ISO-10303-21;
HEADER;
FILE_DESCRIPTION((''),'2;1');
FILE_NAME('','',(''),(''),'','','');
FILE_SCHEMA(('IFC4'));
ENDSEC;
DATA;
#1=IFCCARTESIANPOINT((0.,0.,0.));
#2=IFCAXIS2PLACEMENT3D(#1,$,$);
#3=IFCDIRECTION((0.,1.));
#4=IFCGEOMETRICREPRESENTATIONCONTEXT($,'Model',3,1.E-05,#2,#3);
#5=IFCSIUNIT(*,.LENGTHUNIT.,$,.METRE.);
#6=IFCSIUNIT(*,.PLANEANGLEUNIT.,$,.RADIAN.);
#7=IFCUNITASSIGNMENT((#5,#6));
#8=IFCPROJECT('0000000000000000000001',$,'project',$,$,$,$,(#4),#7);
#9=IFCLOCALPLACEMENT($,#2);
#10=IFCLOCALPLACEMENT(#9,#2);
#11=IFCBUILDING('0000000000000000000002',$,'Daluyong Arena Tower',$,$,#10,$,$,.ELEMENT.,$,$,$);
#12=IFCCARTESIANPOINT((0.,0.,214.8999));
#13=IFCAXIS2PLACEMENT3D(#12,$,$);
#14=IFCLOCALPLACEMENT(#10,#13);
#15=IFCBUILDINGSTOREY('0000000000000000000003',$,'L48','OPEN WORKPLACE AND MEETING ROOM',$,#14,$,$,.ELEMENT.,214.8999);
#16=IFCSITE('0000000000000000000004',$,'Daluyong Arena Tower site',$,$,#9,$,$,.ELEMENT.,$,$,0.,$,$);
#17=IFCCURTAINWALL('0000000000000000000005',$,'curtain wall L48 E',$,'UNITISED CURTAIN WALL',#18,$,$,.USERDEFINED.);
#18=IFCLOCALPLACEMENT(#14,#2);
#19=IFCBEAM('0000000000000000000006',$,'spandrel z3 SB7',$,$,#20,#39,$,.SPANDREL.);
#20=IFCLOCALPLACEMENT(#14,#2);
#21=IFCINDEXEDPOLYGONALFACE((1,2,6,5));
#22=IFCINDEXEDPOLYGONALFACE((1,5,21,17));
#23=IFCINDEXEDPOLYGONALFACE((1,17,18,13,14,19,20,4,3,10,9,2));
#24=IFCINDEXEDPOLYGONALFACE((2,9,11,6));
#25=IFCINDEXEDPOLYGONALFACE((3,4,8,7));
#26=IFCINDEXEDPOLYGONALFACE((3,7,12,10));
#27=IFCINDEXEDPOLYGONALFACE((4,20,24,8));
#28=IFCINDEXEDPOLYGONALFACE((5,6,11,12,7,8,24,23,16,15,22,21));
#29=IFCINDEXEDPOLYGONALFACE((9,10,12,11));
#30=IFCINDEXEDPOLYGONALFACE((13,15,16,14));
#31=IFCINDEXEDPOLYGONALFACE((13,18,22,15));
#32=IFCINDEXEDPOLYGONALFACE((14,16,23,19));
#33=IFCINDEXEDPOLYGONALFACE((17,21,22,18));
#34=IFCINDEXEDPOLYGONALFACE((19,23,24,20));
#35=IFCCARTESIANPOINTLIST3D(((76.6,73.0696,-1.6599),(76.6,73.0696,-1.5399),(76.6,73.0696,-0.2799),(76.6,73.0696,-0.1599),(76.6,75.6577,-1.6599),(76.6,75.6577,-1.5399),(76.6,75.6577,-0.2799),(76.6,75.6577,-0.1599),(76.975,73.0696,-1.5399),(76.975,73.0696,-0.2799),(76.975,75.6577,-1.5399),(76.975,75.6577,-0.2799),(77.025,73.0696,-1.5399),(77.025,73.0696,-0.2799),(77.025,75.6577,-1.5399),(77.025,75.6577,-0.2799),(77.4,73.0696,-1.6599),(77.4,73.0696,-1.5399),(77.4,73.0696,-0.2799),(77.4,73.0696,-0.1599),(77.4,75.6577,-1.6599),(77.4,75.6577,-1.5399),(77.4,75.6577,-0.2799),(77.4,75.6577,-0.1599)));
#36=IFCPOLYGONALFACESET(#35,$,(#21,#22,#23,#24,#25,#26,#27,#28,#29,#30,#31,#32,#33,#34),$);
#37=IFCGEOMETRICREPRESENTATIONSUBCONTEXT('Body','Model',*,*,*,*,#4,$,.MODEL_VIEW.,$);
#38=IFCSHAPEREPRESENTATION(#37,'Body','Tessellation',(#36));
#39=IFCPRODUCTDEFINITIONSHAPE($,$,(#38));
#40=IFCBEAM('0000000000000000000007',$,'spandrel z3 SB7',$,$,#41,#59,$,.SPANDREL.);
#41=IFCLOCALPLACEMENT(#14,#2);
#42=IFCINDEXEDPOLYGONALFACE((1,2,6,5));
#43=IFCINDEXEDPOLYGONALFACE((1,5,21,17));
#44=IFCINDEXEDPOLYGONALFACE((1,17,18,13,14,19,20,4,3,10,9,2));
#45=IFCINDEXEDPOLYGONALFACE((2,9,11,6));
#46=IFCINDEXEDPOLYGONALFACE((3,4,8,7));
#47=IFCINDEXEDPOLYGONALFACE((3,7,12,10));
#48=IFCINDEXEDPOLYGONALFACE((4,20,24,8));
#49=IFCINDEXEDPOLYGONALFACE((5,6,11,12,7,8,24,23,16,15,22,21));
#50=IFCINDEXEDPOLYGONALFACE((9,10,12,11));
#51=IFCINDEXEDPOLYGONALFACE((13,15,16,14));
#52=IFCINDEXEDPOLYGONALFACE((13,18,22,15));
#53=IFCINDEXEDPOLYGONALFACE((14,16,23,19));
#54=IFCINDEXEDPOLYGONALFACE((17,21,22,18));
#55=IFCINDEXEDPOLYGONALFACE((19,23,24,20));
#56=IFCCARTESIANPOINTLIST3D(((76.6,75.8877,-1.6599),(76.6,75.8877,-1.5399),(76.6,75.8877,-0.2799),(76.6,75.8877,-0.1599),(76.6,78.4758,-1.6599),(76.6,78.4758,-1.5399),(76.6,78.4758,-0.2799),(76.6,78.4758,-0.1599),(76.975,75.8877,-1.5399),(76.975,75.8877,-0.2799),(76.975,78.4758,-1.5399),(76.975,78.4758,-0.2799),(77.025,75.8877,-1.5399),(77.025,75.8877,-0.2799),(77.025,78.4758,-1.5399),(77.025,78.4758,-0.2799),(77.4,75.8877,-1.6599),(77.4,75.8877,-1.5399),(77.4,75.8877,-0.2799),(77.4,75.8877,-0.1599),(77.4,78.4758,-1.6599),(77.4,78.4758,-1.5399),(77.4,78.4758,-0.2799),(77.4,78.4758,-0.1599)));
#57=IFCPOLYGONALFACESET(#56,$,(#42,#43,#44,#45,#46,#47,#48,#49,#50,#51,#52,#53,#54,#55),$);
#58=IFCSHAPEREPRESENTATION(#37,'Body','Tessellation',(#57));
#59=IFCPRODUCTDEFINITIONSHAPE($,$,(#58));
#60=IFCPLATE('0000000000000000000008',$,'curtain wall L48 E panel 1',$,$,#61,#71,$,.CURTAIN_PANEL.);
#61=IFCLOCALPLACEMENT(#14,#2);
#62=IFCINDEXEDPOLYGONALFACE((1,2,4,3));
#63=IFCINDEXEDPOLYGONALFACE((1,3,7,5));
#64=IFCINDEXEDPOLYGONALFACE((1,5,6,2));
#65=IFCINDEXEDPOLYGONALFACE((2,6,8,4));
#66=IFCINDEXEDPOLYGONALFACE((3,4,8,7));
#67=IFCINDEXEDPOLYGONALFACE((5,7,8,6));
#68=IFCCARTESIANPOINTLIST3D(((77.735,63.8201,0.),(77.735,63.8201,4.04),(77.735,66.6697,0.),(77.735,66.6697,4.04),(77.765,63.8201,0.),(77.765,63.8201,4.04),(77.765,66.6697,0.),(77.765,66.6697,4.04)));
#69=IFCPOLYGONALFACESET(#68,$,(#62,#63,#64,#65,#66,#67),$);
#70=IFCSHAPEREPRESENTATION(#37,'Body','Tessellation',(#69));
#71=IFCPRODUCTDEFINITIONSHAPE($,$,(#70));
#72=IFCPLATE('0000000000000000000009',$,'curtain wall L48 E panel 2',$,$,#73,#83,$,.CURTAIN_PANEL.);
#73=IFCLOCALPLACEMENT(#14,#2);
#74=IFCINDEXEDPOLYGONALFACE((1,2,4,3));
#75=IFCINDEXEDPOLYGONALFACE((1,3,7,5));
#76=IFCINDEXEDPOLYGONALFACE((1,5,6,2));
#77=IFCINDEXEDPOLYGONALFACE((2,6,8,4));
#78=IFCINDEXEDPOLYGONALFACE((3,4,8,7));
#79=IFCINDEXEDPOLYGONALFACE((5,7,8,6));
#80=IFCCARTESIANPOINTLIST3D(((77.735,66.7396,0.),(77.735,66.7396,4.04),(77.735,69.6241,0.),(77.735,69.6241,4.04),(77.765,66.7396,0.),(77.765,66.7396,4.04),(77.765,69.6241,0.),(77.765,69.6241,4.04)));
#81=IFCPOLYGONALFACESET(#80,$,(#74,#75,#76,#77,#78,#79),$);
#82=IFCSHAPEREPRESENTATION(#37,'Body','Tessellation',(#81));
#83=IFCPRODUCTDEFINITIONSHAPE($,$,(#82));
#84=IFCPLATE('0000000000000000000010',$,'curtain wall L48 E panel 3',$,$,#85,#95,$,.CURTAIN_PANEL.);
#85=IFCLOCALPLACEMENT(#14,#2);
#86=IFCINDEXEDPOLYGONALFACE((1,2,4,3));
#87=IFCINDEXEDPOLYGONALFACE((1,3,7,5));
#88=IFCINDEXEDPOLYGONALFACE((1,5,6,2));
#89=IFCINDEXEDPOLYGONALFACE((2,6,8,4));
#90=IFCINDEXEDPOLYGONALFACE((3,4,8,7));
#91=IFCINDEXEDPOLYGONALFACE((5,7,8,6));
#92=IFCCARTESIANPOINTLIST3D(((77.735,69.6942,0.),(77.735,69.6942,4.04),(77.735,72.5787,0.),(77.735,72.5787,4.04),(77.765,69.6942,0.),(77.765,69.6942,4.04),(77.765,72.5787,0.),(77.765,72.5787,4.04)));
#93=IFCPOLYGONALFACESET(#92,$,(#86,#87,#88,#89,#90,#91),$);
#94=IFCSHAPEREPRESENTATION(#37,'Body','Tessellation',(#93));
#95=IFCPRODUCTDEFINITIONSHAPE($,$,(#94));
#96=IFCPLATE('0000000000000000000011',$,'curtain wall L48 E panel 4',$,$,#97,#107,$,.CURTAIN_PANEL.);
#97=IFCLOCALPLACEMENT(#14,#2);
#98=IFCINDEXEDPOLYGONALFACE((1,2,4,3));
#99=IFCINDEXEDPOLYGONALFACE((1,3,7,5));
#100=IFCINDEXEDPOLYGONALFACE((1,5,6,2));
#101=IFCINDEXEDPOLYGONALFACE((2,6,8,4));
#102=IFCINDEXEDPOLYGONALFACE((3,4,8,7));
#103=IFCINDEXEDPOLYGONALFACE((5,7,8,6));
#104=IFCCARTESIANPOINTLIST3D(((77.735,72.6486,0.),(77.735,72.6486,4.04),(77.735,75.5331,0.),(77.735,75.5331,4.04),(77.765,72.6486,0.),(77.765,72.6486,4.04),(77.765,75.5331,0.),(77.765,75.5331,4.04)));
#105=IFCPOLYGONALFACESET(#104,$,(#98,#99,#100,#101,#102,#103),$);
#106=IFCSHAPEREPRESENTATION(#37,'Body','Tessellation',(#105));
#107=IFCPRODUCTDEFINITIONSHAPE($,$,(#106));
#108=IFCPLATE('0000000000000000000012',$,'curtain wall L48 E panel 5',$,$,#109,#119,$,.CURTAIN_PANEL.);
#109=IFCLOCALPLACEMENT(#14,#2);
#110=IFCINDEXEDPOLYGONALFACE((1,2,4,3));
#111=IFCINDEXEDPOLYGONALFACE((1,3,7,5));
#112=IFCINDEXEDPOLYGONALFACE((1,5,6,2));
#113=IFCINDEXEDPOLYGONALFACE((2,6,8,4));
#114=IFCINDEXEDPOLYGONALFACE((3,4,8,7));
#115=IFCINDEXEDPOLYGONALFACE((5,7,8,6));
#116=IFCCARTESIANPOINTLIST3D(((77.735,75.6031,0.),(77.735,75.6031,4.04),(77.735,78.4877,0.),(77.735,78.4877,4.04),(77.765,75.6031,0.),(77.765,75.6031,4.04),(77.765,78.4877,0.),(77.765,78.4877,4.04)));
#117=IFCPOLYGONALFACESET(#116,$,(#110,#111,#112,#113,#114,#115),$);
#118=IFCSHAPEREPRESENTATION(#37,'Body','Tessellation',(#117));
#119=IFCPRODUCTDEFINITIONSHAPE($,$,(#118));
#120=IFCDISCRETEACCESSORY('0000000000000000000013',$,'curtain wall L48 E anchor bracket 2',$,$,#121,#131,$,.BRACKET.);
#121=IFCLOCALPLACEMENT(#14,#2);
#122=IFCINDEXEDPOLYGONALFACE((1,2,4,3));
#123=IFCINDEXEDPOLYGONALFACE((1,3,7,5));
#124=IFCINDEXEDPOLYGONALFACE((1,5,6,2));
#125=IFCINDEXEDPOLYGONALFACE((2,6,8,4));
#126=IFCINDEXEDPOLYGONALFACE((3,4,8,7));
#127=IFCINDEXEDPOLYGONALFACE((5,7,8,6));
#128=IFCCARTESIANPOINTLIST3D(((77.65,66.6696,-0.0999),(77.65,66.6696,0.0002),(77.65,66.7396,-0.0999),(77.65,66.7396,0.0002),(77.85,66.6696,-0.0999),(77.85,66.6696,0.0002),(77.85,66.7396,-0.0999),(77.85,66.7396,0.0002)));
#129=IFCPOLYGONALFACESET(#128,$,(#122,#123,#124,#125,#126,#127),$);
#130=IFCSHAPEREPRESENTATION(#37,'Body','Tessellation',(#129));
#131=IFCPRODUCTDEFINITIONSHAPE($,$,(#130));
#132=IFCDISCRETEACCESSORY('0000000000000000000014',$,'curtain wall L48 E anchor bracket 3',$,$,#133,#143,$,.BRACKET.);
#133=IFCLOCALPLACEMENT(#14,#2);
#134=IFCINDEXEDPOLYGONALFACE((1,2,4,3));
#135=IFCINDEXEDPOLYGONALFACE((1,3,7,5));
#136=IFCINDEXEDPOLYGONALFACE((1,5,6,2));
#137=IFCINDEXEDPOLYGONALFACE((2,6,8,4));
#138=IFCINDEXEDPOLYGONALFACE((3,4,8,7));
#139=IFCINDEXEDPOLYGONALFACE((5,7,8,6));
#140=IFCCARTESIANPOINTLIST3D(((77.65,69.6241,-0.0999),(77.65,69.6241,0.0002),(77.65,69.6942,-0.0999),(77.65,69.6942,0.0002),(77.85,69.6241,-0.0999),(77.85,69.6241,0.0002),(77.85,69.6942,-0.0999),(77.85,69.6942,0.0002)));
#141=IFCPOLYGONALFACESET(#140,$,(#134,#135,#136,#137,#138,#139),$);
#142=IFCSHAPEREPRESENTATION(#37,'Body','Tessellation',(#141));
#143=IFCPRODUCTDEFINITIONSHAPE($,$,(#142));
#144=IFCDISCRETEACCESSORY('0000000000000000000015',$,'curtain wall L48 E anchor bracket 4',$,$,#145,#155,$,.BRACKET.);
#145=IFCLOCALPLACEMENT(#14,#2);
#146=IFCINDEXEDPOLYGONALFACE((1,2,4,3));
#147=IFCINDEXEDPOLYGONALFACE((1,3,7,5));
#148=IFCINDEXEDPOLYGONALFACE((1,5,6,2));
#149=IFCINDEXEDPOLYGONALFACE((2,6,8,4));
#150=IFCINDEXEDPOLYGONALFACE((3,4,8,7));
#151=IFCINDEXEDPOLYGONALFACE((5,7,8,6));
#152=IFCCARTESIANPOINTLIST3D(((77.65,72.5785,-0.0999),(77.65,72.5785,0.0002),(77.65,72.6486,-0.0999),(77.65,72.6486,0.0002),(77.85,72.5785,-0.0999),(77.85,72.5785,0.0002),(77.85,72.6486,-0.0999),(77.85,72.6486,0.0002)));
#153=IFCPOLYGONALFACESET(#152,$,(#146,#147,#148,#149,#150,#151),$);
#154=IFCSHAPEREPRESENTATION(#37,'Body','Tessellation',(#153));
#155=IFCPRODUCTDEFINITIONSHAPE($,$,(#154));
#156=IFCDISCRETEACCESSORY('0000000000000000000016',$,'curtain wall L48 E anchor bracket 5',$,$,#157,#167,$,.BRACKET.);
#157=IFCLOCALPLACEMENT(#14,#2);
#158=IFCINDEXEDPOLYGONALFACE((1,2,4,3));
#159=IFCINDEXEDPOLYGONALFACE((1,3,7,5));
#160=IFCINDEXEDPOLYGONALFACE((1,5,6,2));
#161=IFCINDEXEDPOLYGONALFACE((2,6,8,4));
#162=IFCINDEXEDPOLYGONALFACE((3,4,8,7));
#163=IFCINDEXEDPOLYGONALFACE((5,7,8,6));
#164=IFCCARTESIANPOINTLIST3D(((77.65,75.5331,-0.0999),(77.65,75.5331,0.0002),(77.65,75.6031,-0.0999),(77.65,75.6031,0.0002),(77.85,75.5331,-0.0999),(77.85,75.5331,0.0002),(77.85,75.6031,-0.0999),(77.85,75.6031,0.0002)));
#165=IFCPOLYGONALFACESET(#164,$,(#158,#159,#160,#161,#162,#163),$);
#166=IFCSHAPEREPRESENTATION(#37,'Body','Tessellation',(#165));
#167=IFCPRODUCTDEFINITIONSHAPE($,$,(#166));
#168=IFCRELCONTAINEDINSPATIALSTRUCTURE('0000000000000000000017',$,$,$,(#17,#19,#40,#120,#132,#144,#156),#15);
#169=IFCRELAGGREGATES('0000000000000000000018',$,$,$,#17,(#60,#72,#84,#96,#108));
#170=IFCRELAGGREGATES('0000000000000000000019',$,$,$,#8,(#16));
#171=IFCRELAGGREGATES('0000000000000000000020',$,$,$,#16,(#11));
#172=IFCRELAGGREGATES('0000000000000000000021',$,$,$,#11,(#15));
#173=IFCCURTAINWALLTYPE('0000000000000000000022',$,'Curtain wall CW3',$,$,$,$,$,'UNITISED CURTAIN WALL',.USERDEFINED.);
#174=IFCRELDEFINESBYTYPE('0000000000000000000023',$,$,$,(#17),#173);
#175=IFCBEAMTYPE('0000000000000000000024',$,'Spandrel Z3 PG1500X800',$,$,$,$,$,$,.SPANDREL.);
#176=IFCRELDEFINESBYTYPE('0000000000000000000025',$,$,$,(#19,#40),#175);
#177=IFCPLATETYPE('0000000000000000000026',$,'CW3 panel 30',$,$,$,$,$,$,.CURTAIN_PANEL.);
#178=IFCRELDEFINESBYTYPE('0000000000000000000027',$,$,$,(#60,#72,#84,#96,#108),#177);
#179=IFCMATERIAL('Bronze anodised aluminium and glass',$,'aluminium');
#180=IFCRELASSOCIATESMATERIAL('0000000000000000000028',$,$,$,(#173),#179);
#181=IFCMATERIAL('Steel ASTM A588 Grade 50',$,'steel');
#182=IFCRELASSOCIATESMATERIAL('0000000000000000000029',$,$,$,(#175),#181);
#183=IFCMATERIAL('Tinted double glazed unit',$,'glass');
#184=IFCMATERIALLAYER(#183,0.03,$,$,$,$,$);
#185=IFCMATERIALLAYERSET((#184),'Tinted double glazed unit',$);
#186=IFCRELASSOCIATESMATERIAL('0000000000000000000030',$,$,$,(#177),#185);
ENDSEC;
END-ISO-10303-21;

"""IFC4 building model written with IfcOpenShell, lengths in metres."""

from ifc_helpers import new_model, si_unit, direction, frame, origin, origin_2d, place, context, subcontext, project, spatial, rectangle, i_section, extrude, material, layer, layer_set, material_profile, profile_set, type_object, element, aggregate, save


model = new_model("IFC4")

# Units and contexts
model_context = context("Model", 3, precision=1e-05, world=origin(), true_north=direction((0.0, 1.0)))
body_context = subcontext(model_context, "Body", "Model", "MODEL_VIEW")
ifc_project = project(units=[si_unit("LENGTHUNIT", "METRE"), si_unit("PLANEANGLEUNIT", "RADIAN")], contexts=[model_context])

# Site, building, storey
site_placement = place(None, origin())
site = spatial("IfcSite", under=ifc_project, at=site_placement, Name="Daluyong Arena Tower site", CompositionType="ELEMENT", RefElevation=0.0)
building_placement = place(site_placement, origin())
building = spatial("IfcBuilding", under=site, at=building_placement, Name="Daluyong Arena Tower", CompositionType="ELEMENT")
storey_placement = place(building_placement, frame((0.0, 0.0, 214.8999)))
storey = spatial("IfcBuildingStorey", under=building, at=storey_placement, Name="L48", Description="OPEN WORKPLACE AND MEETING ROOM", CompositionType="ELEMENT", Elevation=214.8999)

# Curtain wall
ifc_material_1 = material(Name="Bronze anodised aluminium and glass", Category="aluminium")
curtain_wall_type_1 = type_object("IfcCurtainWallType", Name="Curtain wall CW3", ElementType="UNITISED CURTAIN WALL", PredefinedType="USERDEFINED", material=ifc_material_1)
curtain_wall_1_placement = place(storey_placement, origin())
curtain_wall_1 = element("IfcCurtainWall", 1, at=curtain_wall_1_placement, inside=storey, type_object=curtain_wall_type_1, Name="curtain wall L48 E", ObjectType="UNITISED CURTAIN WALL", PredefinedType="USERDEFINED")

# Beams
ifc_material_2 = material(Name="Steel ASTM A588 Grade 50", Category="steel")
ifc_material_profile_1 = material_profile(ifc_material_2, i_section(OverallWidth=0.8, OverallDepth=1.5, WebThickness=0.05, FlangeThickness=0.12, at=origin_2d()))
ifc_profile_set_1 = profile_set([ifc_material_profile_1], Name="Steel ASTM A588 Grade 50")
beam_type_1 = type_object("IfcBeamType", Name="Spandrel Z3 PG1500X800", PredefinedType="SPANDREL", material=ifc_profile_set_1)
for number, where, z_axis, x_axis, name in (
    (2, (77.0, 73.0696, -0.9099), (0.0, 1.0, 0.0), (-1.0, 0.0, 0.0), "spandrel z3 SB7"),
    (3, (77.0, 75.8877, -0.9099), (0.0, 1.0, 0.0), (-1.0, 0.0, 0.0), "spandrel z3 SB7"),
):
    element("IfcBeam", number, at=place(storey_placement, frame(where, z_axis=z_axis, x_axis=x_axis)), inside=storey, type_object=beam_type_1, Name=name, PredefinedType="SPANDREL", context=body_context, shape_type="SweptSolid", body=[
        extrude(i_section(OverallWidth=0.8, OverallDepth=1.5, WebThickness=0.05, FlangeThickness=0.12, at=origin_2d()), origin(), (0.0, 0.0, 1.0), 2.5881),
    ])

# Plates
ifc_material_3 = material(Name="Tinted double glazed unit", Category="glass")
ifc_layer = layer(ifc_material_3, 0.03)
ifc_layer_set = layer_set([ifc_layer], Name="Tinted double glazed unit")
plate_type = type_object("IfcPlateType", Name="CW3 panel 30", PredefinedType="CURTAIN_PANEL", material=ifc_layer_set)
plate_1_placement = place(storey_placement, frame((77.75, 65.2449, 0.0), z_axis=(0.0, 0.0, 1.0), x_axis=(0.0, 1.0, 0.0)))
plate_1 = element("IfcPlate", 4, at=plate_1_placement, type_object=plate_type, Name="curtain wall L48 E panel 1", PredefinedType="CURTAIN_PANEL", context=body_context, shape_type="SweptSolid", body=[
    extrude(rectangle(XDim=2.8496, YDim=0.03, at=origin_2d()), origin(), (0.0, 0.0, 1.0), 4.04),
])
plate_2_placement = place(storey_placement, frame((77.75, 68.1819, 0.0), z_axis=(0.0, 0.0, 1.0), x_axis=(0.0, 1.0, 0.0)))
plate_2 = element("IfcPlate", 5, at=plate_2_placement, type_object=plate_type, Name="curtain wall L48 E panel 2", PredefinedType="CURTAIN_PANEL", context=body_context, shape_type="SweptSolid", body=[
    extrude(rectangle(XDim=2.8845, YDim=0.03, at=origin_2d()), origin(), (0.0, 0.0, 1.0), 4.04),
])
plate_3_placement = place(storey_placement, frame((77.75, 71.1365, 0.0), z_axis=(0.0, 0.0, 1.0), x_axis=(0.0, 1.0, 0.0)))
plate_3 = element("IfcPlate", 6, at=plate_3_placement, type_object=plate_type, Name="curtain wall L48 E panel 3", PredefinedType="CURTAIN_PANEL", context=body_context, shape_type="SweptSolid", body=[
    extrude(rectangle(XDim=2.8845, YDim=0.03, at=origin_2d()), origin(), (0.0, 0.0, 1.0), 4.04),
])
plate_4_placement = place(storey_placement, frame((77.75, 74.0908, 0.0), z_axis=(0.0, 0.0, 1.0), x_axis=(0.0, 1.0, 0.0)))
plate_4 = element("IfcPlate", 7, at=plate_4_placement, type_object=plate_type, Name="curtain wall L48 E panel 4", PredefinedType="CURTAIN_PANEL", context=body_context, shape_type="SweptSolid", body=[
    extrude(rectangle(XDim=2.8845, YDim=0.03, at=origin_2d()), origin(), (0.0, 0.0, 1.0), 4.04),
])
plate_5_placement = place(storey_placement, frame((77.75, 77.0454, 0.0), z_axis=(0.0, 0.0, 1.0), x_axis=(0.0, 1.0, 0.0)))
plate_5 = element("IfcPlate", 8, at=plate_5_placement, type_object=plate_type, Name="curtain wall L48 E panel 5", PredefinedType="CURTAIN_PANEL", context=body_context, shape_type="SweptSolid", body=[
    extrude(rectangle(XDim=2.8845, YDim=0.03, at=origin_2d()), origin(), (0.0, 0.0, 1.0), 4.04),
])
aggregate(curtain_wall_1, [plate_1, plate_2, plate_3, plate_4, plate_5])

# Discrete accessories
for number, where, z_axis, x_axis, name in (
    (9, (77.75, 66.7046, -0.0999), (0.0, 0.0, 1.0), (0.0, 1.0, 0.0), "curtain wall L48 E anchor bracket 2"),
    (10, (77.75, 69.6592, -0.0999), (0.0, 0.0, 1.0), (0.0, 1.0, 0.0), "curtain wall L48 E anchor bracket 3"),
    (11, (77.75, 72.6135, -0.0999), (0.0, 0.0, 1.0), (0.0, 1.0, 0.0), "curtain wall L48 E anchor bracket 4"),
    (12, (77.75, 75.5681, -0.0999), (0.0, 0.0, 1.0), (0.0, 1.0, 0.0), "curtain wall L48 E anchor bracket 5"),
):
    element("IfcDiscreteAccessory", number, at=place(storey_placement, frame(where, z_axis=z_axis, x_axis=x_axis)), inside=storey, Name=name, PredefinedType="BRACKET", context=body_context, shape_type="SweptSolid", body=[
        extrude(rectangle(XDim=0.0701, YDim=0.2, at=origin_2d()), origin(), (0.0, 0.0, 1.0), 0.1001),
    ])

save(model, "model.ifc")
